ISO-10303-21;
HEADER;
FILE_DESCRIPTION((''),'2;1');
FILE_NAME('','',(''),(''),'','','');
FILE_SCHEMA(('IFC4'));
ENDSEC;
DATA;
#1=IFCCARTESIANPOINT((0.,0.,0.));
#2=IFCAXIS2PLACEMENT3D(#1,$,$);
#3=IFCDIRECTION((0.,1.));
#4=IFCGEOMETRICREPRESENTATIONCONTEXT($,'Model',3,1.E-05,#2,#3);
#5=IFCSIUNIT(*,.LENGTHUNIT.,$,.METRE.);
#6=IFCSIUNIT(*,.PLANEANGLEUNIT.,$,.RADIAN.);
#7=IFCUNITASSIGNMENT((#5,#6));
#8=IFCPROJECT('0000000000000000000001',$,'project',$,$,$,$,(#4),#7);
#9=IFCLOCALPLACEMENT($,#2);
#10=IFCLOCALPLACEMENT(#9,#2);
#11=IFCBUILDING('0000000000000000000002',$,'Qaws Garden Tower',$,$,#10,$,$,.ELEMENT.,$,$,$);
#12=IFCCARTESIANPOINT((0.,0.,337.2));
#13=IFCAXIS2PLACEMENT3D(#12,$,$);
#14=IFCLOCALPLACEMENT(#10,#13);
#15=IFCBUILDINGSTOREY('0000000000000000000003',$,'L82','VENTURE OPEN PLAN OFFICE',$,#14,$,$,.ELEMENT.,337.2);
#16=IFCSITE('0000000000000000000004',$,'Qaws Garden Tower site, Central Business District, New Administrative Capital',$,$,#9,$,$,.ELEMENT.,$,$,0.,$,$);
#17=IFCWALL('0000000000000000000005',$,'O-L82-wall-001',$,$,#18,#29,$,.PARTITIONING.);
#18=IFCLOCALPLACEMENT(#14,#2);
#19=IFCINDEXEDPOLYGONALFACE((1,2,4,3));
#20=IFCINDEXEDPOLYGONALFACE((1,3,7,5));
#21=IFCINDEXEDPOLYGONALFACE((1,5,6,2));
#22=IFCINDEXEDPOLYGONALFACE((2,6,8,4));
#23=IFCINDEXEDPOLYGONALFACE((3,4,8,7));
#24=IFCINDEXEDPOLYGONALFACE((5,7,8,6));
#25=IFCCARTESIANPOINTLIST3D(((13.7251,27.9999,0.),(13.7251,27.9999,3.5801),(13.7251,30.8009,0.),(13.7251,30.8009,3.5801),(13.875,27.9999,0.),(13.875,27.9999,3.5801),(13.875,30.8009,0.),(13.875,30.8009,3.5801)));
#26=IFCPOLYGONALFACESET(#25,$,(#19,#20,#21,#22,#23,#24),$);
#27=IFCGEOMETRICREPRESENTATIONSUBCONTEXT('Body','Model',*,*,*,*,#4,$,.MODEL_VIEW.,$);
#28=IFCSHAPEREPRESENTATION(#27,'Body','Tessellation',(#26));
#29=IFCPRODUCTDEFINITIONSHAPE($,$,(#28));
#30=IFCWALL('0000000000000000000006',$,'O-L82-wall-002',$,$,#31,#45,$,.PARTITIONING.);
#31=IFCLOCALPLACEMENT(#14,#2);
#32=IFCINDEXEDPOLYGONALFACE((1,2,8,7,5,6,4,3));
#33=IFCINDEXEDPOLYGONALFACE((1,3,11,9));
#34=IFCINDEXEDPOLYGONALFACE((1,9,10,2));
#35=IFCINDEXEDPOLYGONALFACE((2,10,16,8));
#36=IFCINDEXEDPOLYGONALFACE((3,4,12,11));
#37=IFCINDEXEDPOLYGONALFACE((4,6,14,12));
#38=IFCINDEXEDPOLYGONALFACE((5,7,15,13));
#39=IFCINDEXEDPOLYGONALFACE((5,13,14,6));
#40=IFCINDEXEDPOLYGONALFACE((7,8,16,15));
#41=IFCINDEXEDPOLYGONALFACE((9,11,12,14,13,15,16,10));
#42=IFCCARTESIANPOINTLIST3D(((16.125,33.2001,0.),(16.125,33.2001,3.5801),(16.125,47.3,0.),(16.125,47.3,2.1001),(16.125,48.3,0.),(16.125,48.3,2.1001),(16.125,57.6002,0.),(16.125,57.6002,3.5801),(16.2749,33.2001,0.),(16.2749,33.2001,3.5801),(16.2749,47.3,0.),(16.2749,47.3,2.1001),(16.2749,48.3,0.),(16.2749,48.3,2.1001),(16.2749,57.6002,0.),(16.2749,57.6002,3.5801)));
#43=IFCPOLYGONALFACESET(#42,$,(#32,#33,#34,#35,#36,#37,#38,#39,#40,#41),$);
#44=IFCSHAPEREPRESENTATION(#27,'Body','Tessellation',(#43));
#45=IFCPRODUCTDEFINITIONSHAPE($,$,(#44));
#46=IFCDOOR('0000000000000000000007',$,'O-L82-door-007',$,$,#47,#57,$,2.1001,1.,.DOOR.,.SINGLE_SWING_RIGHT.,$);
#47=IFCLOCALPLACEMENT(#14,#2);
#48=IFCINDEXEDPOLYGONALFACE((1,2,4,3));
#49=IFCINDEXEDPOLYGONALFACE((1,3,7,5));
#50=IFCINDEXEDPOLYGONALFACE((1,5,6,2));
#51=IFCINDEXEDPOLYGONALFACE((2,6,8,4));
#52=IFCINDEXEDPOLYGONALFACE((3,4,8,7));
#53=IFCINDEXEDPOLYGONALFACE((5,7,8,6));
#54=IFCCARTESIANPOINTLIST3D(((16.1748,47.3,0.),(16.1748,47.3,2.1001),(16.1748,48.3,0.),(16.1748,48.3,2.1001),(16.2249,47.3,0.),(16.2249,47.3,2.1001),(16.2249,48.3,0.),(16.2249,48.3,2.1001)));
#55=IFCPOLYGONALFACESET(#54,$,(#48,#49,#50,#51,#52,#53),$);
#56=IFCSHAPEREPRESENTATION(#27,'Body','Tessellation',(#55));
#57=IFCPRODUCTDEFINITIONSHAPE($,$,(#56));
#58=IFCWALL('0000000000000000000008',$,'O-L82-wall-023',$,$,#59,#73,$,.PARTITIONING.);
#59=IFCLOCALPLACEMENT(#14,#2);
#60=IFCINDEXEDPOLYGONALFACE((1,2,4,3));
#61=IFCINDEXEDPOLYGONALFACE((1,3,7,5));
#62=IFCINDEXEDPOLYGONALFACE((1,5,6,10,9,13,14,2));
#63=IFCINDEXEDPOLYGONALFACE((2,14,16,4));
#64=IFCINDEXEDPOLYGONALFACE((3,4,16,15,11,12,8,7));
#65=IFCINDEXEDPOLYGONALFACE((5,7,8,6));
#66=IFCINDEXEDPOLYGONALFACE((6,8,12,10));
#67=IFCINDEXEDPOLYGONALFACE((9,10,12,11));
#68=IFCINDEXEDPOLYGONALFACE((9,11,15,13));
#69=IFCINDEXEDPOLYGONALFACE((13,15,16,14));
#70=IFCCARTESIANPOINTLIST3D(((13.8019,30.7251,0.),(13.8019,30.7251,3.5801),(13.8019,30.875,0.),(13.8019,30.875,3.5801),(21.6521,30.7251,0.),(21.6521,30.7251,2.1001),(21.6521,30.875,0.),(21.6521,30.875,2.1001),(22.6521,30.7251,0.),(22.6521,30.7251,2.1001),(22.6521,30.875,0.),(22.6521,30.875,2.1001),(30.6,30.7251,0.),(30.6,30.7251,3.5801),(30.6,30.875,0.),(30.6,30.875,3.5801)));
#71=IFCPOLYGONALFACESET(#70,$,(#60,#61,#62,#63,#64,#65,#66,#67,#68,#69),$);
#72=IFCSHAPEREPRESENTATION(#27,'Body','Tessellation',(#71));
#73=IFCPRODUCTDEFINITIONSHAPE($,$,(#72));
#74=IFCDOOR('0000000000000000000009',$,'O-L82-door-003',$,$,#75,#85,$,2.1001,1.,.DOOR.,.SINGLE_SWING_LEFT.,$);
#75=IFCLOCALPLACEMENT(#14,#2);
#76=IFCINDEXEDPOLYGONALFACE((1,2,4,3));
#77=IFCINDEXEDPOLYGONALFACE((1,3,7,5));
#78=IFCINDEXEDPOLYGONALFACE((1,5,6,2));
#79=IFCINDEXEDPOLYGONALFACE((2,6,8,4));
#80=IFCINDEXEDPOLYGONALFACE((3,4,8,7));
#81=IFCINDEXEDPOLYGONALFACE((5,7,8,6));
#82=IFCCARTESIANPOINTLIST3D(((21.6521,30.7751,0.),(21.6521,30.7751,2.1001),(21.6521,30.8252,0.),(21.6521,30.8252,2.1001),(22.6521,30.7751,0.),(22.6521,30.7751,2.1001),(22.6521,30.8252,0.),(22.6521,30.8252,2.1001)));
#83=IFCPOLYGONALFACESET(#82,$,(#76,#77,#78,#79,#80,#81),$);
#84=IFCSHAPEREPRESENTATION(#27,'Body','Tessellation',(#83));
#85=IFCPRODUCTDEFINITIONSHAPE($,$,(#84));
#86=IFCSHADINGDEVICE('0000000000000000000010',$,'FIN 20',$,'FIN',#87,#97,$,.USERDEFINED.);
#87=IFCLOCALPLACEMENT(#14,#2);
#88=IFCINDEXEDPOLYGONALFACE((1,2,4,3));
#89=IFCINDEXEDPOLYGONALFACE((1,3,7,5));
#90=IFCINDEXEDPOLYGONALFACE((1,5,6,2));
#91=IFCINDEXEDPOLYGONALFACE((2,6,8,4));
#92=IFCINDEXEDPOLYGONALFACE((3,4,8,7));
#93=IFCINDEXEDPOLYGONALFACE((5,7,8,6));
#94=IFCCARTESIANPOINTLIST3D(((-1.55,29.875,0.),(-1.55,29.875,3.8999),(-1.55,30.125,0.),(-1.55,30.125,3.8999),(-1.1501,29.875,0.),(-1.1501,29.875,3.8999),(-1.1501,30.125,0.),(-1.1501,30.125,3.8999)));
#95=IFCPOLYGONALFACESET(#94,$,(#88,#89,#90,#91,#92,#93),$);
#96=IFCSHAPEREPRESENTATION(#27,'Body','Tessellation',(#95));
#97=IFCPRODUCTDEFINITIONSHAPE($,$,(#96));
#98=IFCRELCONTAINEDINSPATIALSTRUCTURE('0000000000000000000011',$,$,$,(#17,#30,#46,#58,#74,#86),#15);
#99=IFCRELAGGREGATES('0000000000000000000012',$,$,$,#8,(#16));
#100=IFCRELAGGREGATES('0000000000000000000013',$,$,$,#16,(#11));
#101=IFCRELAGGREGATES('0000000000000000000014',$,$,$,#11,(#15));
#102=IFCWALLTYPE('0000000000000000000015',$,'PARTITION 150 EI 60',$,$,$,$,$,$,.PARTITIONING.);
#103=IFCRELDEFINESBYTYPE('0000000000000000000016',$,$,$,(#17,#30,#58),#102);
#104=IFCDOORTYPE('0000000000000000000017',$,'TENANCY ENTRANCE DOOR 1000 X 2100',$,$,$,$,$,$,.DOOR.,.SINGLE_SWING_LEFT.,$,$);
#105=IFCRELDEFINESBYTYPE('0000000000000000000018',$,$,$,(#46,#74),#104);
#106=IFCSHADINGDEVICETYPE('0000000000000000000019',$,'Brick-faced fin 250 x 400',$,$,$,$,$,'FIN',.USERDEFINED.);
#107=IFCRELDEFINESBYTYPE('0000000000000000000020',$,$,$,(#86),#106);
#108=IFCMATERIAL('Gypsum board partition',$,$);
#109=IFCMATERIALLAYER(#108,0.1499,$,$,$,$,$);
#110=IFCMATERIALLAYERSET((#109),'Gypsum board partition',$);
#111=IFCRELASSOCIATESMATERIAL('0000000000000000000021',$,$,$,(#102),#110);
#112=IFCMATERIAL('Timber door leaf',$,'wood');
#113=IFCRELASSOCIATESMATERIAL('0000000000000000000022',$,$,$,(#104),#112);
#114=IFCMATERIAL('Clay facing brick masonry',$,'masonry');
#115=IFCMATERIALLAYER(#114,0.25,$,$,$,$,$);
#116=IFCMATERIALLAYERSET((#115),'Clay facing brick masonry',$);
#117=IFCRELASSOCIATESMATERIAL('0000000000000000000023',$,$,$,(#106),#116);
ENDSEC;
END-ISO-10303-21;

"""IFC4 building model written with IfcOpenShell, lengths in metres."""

from ifc_helpers import new_model, si_unit, direction, frame, frame_2d, origin, origin_2d, place, context, subcontext, project, spatial, rectangle, extrude, material, layer, layer_set, type_object, element, fill, save


model = new_model("IFC4")

# Units and contexts
model_context = context("Model", 3, precision=1e-05, world=origin(), true_north=direction((0.0, 1.0)))
body_context = subcontext(model_context, "Body", "Model", "MODEL_VIEW")
ifc_project = project(units=[si_unit("LENGTHUNIT", "METRE"), si_unit("PLANEANGLEUNIT", "RADIAN")], contexts=[model_context])

# Site, building, storey
site_placement = place(None, origin())
site = spatial("IfcSite", under=ifc_project, at=site_placement, Name="Qaws Garden Tower site, Central Business District, New Administrative Capital", CompositionType="ELEMENT", RefElevation=0.0)
building_placement = place(site_placement, origin())
building = spatial("IfcBuilding", under=site, at=building_placement, Name="Qaws Garden Tower", CompositionType="ELEMENT")
storey_placement = place(building_placement, frame((0.0, 0.0, 337.2)))
storey = spatial("IfcBuildingStorey", under=building, at=storey_placement, Name="L82", Description="VENTURE OPEN PLAN OFFICE", CompositionType="ELEMENT", Elevation=337.2)

# Wall
ifc_material_1 = material(Name="Gypsum board partition")
ifc_layer_1 = layer(ifc_material_1, 0.1499)
ifc_layer_set_1 = layer_set([ifc_layer_1], Name="Gypsum board partition")
wall_type_1 = type_object("IfcWallType", Name="PARTITION 150 EI 60", PredefinedType="PARTITIONING", material=ifc_layer_set_1)
wall_1_placement = place(storey_placement, frame((13.8, 28.0, 0.0), z_axis=(0.0, 0.0, 1.0), x_axis=(0.0, 1.0, 0.0)))
element("IfcWall", 1, at=wall_1_placement, inside=storey, type_object=wall_type_1, Name="O-L82-wall-001", PredefinedType="PARTITIONING", context=body_context, shape_type="SweptSolid", body=[
    extrude(rectangle(XDim=2.801, YDim=0.1499, at=frame_2d((1.4004, 0.0))), origin(), (0.0, 0.0, 1.0), 3.5801),
])

# Walls, openings, doors
wall_2_placement = place(storey_placement, frame((16.2, 33.2, 0.0), z_axis=(0.0, 0.0, 1.0), x_axis=(0.0, 1.0, 0.0)))
wall_2 = element("IfcWall", 2, at=wall_2_placement, inside=storey, type_object=wall_type_1, Name="O-L82-wall-002", PredefinedType="PARTITIONING", context=body_context, shape_type="SweptSolid", body=[
    extrude(rectangle(XDim=24.4001, YDim=0.1499, at=frame_2d((12.2002, 0.0))), origin(), (0.0, 0.0, 1.0), 3.5801),
])
opening_1_placement = place(wall_2_placement, frame((14.1001, 0.0, 0.0)))
opening_1 = element("IfcOpeningElement", 3, at=opening_1_placement, cuts=wall_2, PredefinedType="OPENING", context=body_context, shape_type="SweptSolid", body=[
    extrude(rectangle(XDim=1.0, YDim=2.1001, at=frame_2d((0.5, 1.05))), frame((0.0, 0.085, 0.0), z_axis=(0.0, -1.0, 0.0), x_axis=(1.0, 0.0, 0.0)), (0.0, 0.0, 1.0), 0.1699),
])
ifc_material_2 = material(Name="Timber door leaf", Category="wood")
door_type_1 = type_object("IfcDoorType", Name="TENANCY ENTRANCE DOOR 1000 X 2100", OperationType="SINGLE_SWING_LEFT", PredefinedType="DOOR", material=ifc_material_2)
door_1_placement = place(opening_1_placement, frame((1.0, 0.0, 0.0), z_axis=(0.0, 0.0, 1.0), x_axis=(-1.0, 0.0, 0.0)))
door_1 = element("IfcDoor", 4, at=door_1_placement, inside=storey, type_object=door_type_1, Name="O-L82-door-007", OperationType="SINGLE_SWING_RIGHT", OverallHeight=2.1001, OverallWidth=1.0, PredefinedType="DOOR", context=body_context, shape_type="SweptSolid", body=[
    extrude(rectangle(XDim=1.0, YDim=2.1001, at=frame_2d((0.5, 1.05))), frame((0.0, 0.0249, 0.0), z_axis=(0.0, -1.0, 0.0), x_axis=(1.0, 0.0, 0.0)), (0.0, 0.0, 1.0), 0.05),
])
fill(opening_1, door_1)
wall_3_placement = place(storey_placement, frame((13.802, 30.8, 0.0), z_axis=(0.0, 0.0, 1.0), x_axis=(1.0, 0.0, 0.0)))
wall_3 = element("IfcWall", 5, at=wall_3_placement, inside=storey, type_object=wall_type_1, Name="O-L82-wall-023", PredefinedType="PARTITIONING", context=body_context, shape_type="SweptSolid", body=[
    extrude(rectangle(XDim=16.7981, YDim=0.1499, at=frame_2d((8.3989, 0.0))), origin(), (0.0, 0.0, 1.0), 3.5801),
])
opening_2_placement = place(wall_3_placement, frame((7.8501, 0.0, 0.0)))
opening_2 = element("IfcOpeningElement", 6, at=opening_2_placement, cuts=wall_3, PredefinedType="OPENING", context=body_context, shape_type="SweptSolid", body=[
    extrude(rectangle(XDim=1.0, YDim=2.1001, at=frame_2d((0.5, 1.05))), frame((0.0, 0.085, 0.0), z_axis=(0.0, -1.0, 0.0), x_axis=(1.0, 0.0, 0.0)), (0.0, 0.0, 1.0), 0.1699),
])
door_2_placement = place(opening_2_placement, frame((1.0, 0.0, 0.0), z_axis=(0.0, 0.0, 1.0), x_axis=(-1.0, 0.0, 0.0)))
door_2 = element("IfcDoor", 7, at=door_2_placement, inside=storey, type_object=door_type_1, Name="O-L82-door-003", OperationType="SINGLE_SWING_LEFT", OverallHeight=2.1001, OverallWidth=1.0, PredefinedType="DOOR", context=body_context, shape_type="SweptSolid", body=[
    extrude(rectangle(XDim=1.0, YDim=2.1001, at=frame_2d((0.5, 1.05))), frame((0.0, 0.0249, 0.0), z_axis=(0.0, -1.0, 0.0), x_axis=(1.0, 0.0, 0.0)), (0.0, 0.0, 1.0), 0.05),
])
fill(opening_2, door_2)

# Shading device
ifc_material_3 = material(Name="Clay facing brick masonry", Category="masonry")
ifc_layer_2 = layer(ifc_material_3, 0.25)
ifc_layer_set_2 = layer_set([ifc_layer_2], Name="Clay facing brick masonry")
shading_device_type = type_object("IfcShadingDeviceType", Name="Brick-faced fin 250 x 400", ElementType="FIN", PredefinedType="USERDEFINED", material=ifc_layer_set_2)
shading_device_placement = place(storey_placement, frame((-1.3501, 30.0, 0.0), z_axis=(0.0, 0.0, 1.0), x_axis=(0.0, -1.0, 0.0)))
element("IfcShadingDevice", 8, at=shading_device_placement, inside=storey, type_object=shading_device_type, Name="FIN 20", ObjectType="FIN", PredefinedType="USERDEFINED", context=body_context, shape_type="SweptSolid", body=[
    extrude(rectangle(XDim=0.25, YDim=0.3999, at=origin_2d()), origin(), (0.0, 0.0, 1.0), 3.8999),
])

save(model, "model.ifc")
